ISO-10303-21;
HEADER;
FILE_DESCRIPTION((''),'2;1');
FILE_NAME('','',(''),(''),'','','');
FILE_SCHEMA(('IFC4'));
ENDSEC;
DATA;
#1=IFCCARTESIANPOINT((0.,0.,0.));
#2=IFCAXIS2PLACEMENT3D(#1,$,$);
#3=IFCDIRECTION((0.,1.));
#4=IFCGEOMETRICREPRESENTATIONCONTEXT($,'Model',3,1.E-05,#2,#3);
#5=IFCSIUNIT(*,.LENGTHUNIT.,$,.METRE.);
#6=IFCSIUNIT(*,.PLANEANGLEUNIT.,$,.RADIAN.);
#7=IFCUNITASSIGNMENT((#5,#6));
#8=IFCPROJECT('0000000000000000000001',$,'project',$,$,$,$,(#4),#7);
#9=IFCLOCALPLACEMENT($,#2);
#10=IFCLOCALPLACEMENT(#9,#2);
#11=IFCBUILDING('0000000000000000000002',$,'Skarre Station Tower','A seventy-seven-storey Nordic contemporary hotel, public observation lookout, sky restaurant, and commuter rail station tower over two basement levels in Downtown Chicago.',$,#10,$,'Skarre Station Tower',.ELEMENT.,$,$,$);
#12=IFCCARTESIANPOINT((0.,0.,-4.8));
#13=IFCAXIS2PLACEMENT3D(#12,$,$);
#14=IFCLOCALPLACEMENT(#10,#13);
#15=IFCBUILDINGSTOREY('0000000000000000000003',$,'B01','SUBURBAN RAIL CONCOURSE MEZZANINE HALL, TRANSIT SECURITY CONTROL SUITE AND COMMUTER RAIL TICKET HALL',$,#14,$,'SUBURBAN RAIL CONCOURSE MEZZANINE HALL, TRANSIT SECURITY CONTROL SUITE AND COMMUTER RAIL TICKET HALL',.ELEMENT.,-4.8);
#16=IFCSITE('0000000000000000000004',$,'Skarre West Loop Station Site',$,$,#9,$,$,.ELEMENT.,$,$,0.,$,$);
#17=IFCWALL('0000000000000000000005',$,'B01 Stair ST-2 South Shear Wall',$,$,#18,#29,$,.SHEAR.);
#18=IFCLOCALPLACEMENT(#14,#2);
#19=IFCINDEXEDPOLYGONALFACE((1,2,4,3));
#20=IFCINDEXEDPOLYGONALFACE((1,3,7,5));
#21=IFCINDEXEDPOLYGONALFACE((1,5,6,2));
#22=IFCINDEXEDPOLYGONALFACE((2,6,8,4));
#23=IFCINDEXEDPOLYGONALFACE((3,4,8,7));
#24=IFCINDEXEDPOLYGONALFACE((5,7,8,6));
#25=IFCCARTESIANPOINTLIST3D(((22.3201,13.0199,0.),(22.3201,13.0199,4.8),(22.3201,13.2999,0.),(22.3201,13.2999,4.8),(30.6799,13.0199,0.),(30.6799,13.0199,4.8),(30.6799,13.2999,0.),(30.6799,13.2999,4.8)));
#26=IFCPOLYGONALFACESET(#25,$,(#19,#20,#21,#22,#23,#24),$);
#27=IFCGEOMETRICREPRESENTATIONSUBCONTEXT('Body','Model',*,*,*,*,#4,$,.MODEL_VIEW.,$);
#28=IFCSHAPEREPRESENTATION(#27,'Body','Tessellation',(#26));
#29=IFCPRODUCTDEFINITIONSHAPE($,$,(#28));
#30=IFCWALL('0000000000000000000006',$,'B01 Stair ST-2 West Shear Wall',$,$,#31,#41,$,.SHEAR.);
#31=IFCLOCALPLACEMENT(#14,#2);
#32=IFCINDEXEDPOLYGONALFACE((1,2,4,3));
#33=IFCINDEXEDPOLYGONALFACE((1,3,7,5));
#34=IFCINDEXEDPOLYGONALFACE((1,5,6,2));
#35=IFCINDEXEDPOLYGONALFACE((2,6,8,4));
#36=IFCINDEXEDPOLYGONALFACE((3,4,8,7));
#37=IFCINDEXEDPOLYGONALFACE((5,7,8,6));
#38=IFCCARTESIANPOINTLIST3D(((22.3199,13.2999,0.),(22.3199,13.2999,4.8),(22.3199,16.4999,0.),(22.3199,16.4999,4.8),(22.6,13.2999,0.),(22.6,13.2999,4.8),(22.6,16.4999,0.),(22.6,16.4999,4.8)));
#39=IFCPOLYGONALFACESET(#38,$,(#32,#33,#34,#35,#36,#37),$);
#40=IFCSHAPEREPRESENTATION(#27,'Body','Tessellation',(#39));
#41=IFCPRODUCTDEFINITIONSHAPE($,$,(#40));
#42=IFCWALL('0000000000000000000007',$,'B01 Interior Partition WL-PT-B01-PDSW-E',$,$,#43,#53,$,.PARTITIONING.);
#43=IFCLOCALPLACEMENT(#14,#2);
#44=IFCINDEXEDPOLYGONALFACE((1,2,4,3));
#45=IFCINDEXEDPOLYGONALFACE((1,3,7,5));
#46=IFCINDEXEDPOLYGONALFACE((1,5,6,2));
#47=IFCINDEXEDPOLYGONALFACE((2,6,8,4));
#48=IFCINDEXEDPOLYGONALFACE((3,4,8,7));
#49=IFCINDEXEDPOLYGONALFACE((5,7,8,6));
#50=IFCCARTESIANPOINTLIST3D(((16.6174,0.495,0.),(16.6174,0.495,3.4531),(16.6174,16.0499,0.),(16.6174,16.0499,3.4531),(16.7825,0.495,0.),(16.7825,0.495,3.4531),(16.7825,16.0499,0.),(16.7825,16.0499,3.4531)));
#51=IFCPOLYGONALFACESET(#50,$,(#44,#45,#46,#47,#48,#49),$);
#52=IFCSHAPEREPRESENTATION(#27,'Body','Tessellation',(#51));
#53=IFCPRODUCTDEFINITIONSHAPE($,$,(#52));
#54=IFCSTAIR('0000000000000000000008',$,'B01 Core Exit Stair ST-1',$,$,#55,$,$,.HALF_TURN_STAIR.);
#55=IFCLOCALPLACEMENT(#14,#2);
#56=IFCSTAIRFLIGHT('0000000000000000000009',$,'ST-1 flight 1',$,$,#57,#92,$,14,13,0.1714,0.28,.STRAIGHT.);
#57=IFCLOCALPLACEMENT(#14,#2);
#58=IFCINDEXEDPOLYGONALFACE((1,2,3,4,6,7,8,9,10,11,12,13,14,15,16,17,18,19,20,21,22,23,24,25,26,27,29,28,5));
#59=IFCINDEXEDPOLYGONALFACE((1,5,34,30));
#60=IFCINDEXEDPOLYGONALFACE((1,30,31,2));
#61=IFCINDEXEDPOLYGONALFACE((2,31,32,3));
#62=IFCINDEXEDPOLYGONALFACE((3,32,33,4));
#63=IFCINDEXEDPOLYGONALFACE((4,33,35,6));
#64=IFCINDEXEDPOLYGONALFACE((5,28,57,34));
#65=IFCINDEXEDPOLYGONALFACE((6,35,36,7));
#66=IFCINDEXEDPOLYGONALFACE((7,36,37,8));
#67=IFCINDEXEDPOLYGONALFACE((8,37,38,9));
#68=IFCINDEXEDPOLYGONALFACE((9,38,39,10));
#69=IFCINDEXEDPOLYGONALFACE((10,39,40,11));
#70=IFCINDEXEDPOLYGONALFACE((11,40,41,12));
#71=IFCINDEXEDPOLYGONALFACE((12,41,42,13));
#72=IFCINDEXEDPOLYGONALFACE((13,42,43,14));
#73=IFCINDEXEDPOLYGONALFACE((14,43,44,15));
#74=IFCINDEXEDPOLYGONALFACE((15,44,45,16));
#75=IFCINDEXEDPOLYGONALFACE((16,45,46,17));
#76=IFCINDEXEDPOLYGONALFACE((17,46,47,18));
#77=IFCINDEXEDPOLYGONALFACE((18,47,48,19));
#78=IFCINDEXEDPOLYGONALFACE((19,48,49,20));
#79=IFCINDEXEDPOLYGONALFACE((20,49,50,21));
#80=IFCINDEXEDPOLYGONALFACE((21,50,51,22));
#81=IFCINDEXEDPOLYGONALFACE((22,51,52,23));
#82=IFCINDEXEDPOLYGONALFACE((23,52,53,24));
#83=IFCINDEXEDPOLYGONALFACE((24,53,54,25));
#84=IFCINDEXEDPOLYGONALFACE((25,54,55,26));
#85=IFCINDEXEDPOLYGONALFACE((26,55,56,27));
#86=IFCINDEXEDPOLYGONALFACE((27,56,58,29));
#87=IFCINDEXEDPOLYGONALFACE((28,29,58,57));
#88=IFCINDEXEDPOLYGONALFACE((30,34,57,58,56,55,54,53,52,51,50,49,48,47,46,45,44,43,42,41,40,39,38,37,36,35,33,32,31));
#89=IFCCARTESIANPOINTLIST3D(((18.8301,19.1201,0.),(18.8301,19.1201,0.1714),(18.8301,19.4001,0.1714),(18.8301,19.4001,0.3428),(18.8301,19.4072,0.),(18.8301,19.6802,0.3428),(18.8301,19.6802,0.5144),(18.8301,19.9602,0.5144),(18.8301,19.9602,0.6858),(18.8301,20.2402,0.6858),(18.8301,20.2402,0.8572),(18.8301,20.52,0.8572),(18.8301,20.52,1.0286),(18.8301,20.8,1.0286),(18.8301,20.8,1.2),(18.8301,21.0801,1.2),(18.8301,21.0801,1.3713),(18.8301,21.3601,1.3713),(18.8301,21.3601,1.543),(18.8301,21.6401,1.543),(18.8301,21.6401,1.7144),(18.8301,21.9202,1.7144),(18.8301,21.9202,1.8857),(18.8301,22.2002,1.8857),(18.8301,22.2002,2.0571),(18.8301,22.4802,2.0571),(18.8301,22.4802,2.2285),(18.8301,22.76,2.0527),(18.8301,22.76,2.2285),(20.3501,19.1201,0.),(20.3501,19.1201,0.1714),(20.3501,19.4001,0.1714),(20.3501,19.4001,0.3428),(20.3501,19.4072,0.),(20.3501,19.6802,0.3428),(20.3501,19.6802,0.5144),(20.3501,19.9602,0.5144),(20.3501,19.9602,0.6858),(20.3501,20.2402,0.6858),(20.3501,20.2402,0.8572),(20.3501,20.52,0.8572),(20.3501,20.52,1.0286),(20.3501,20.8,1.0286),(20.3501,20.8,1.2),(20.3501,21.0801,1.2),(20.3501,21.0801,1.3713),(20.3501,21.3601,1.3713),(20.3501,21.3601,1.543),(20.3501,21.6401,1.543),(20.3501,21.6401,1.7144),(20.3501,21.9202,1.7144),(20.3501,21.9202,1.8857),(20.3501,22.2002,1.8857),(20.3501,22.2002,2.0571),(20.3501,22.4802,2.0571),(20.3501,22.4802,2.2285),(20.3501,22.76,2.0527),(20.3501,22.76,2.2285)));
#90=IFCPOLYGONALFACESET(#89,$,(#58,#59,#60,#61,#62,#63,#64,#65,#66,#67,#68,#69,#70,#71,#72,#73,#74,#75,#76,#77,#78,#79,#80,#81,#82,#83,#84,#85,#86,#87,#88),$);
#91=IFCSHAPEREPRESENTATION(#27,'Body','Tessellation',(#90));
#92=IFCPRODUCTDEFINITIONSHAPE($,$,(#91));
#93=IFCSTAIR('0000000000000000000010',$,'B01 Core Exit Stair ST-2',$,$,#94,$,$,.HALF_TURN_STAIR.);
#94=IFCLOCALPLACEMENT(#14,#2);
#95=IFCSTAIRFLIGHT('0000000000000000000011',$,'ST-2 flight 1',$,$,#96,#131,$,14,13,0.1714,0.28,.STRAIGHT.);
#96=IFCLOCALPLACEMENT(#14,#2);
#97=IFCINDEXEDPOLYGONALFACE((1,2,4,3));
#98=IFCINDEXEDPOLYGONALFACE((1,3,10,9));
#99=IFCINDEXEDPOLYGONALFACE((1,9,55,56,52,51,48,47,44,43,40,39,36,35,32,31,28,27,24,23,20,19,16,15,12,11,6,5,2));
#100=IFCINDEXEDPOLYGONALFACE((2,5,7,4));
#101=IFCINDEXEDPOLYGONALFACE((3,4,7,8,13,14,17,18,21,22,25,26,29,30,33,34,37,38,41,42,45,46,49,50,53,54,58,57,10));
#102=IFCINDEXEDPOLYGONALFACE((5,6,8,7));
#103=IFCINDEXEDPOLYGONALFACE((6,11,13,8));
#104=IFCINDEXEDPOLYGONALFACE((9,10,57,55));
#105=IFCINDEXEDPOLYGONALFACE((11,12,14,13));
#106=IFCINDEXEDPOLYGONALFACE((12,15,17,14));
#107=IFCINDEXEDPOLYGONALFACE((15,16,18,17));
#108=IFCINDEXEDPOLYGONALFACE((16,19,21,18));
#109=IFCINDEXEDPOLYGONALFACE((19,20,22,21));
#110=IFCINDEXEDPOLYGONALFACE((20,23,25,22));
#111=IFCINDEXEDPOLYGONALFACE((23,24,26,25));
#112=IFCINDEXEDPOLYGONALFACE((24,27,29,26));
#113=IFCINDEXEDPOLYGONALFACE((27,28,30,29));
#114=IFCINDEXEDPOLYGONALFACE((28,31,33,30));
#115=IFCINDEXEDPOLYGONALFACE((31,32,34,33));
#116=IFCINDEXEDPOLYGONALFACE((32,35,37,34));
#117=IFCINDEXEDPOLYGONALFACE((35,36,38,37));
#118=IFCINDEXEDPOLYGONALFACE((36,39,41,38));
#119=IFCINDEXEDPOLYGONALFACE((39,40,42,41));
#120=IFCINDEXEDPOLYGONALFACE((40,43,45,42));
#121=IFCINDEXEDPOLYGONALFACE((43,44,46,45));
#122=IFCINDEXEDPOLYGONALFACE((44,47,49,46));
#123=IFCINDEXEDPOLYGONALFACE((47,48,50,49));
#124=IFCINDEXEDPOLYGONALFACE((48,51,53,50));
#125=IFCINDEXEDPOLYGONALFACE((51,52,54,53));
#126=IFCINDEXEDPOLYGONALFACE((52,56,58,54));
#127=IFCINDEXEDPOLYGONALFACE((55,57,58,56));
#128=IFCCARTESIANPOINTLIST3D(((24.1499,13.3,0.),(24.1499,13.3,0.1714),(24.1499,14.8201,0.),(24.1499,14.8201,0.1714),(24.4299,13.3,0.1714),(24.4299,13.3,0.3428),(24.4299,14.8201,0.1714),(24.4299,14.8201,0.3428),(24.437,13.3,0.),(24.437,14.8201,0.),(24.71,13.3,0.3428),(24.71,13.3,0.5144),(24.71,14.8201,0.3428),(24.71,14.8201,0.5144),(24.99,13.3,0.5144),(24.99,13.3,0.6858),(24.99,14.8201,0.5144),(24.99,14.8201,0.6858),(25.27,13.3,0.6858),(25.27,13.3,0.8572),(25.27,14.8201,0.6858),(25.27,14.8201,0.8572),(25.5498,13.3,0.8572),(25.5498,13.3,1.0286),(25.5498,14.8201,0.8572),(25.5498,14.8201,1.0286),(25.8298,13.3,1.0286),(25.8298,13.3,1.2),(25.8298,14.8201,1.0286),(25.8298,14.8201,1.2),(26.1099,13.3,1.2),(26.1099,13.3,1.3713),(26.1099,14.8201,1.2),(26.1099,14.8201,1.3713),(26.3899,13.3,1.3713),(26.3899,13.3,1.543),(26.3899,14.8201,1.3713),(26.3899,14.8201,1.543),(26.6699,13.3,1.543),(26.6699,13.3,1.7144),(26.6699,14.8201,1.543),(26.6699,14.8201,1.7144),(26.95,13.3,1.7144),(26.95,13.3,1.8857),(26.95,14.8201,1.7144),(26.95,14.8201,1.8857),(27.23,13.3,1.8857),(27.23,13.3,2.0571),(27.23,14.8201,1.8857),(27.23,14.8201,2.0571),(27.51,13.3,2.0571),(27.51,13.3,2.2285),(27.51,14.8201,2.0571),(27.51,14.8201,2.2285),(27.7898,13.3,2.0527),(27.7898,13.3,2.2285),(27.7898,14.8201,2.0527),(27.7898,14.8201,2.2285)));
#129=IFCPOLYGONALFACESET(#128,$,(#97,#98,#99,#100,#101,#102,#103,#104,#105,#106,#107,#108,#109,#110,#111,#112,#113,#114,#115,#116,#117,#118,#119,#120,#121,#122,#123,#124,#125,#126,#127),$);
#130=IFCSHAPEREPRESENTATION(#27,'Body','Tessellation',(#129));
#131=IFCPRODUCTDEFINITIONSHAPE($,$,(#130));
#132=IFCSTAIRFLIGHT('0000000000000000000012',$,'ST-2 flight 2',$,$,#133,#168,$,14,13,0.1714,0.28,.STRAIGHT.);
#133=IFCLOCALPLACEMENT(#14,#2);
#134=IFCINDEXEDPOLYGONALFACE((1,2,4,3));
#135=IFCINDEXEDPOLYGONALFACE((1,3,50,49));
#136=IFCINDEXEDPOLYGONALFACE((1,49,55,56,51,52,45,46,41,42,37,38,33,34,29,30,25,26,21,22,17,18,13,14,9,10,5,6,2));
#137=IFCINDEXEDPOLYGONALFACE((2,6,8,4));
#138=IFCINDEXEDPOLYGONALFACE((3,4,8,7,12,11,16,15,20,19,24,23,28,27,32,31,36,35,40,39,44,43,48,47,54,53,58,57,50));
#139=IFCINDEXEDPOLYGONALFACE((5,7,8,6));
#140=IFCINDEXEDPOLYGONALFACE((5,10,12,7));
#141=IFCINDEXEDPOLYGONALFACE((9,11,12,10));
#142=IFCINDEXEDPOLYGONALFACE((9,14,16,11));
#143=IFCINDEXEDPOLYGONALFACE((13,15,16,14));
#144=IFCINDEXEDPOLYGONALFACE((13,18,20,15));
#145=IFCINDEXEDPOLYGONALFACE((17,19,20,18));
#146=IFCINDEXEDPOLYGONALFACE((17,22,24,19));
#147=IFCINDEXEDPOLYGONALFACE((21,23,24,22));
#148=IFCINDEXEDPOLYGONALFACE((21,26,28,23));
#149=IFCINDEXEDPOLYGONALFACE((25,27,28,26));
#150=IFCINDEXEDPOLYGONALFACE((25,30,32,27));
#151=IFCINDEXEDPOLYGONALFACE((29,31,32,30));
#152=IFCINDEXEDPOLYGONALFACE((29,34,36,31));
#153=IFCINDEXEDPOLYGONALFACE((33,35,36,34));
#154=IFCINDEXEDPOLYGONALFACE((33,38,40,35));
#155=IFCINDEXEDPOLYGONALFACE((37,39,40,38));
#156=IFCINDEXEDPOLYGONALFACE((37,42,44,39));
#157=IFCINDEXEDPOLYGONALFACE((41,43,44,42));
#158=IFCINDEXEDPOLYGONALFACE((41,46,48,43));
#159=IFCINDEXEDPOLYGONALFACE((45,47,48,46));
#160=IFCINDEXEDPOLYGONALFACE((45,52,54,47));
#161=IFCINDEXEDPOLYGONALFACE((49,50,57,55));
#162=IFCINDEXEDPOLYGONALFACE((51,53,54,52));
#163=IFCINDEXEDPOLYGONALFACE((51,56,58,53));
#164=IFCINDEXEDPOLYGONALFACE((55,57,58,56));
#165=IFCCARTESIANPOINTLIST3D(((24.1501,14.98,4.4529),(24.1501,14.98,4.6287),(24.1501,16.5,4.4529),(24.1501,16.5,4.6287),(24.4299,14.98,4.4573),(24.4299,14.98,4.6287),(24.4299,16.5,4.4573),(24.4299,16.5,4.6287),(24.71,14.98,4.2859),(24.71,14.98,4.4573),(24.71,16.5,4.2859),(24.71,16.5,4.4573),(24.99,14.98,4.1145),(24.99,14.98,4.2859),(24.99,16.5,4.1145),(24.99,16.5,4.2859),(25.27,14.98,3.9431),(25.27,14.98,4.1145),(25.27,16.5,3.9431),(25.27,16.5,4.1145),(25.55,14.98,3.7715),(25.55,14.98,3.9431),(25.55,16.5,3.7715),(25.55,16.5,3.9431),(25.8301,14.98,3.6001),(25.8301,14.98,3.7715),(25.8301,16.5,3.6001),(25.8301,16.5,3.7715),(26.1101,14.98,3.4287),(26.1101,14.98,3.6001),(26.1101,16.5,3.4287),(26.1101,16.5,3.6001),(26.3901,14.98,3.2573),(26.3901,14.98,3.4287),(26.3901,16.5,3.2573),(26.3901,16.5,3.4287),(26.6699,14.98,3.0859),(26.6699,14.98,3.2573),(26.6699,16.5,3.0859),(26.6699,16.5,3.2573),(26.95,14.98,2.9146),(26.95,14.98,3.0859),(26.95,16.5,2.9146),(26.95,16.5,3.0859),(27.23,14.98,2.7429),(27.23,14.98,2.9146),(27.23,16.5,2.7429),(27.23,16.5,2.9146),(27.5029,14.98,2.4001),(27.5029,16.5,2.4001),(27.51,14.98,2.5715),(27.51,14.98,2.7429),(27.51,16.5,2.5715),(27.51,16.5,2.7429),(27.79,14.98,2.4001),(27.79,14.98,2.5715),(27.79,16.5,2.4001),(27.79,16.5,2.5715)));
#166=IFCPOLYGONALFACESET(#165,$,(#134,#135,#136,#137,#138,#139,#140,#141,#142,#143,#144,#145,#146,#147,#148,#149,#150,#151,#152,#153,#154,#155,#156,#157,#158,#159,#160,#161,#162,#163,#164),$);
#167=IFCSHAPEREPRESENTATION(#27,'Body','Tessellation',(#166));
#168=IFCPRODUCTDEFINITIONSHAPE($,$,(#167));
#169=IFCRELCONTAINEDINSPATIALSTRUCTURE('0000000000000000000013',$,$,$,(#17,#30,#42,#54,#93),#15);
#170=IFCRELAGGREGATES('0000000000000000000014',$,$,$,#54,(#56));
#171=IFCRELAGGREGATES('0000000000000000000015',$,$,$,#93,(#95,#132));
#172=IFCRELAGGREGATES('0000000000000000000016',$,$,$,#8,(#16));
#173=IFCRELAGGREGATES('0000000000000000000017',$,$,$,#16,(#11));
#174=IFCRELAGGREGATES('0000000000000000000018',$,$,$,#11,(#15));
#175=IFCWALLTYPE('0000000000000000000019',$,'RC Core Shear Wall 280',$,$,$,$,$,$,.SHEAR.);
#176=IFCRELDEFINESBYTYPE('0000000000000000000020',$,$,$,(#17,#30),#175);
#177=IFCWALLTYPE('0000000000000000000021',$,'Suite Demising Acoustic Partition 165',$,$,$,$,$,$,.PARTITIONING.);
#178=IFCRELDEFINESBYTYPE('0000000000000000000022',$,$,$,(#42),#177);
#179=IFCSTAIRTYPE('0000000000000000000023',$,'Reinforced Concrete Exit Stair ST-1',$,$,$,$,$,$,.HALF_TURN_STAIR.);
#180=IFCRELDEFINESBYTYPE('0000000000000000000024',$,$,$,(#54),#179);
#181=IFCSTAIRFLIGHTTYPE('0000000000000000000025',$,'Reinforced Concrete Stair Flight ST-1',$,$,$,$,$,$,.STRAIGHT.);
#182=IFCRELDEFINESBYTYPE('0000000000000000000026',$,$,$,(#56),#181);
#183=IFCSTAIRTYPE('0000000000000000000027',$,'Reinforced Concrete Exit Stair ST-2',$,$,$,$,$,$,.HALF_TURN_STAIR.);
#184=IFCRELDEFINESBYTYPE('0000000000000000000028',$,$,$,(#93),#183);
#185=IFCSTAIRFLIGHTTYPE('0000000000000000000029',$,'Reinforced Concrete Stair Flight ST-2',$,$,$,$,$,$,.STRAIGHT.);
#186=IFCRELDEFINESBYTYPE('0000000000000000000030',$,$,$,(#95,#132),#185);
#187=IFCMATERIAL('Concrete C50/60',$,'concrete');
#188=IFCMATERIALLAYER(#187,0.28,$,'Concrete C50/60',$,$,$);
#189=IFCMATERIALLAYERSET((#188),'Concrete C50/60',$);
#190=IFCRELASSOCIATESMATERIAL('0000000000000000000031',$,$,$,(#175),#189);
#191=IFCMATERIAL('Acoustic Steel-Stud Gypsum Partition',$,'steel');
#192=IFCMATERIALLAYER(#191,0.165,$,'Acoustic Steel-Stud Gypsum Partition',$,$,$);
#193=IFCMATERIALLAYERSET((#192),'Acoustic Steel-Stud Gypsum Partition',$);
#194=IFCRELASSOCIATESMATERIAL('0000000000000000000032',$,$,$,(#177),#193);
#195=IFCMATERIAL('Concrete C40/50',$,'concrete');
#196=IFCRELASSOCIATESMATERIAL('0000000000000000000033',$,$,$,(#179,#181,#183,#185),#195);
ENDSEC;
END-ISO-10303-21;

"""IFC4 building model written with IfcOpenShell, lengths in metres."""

from ifc_helpers import new_model, si_unit, direction, frame, frame_2d, origin, place, context, subcontext, project, spatial, polyline, rectangle, outline, extrude, material, layer, layer_set, type_object, element, aggregate, save


model = new_model("IFC4")

# Units and contexts
model_context = context("Model", 3, precision=1e-05, world=origin(), true_north=direction((0.0, 1.0)))
body_context = subcontext(model_context, "Body", "Model", "MODEL_VIEW")
ifc_project = project(units=[si_unit("LENGTHUNIT", "METRE"), si_unit("PLANEANGLEUNIT", "RADIAN")], contexts=[model_context])

# Site, building, storey
site_placement = place(None, origin())
site = spatial("IfcSite", under=ifc_project, at=site_placement, Name="Skarre West Loop Station Site", CompositionType="ELEMENT", RefElevation=0.0)
building_placement = place(site_placement, origin())
building = spatial("IfcBuilding", under=site, at=building_placement, Name="Skarre Station Tower", Description="A seventy-seven-storey Nordic contemporary hotel, public observation lookout, sky restaurant, and commuter rail station tower over two basement levels in Downtown Chicago.", LongName="Skarre Station Tower", CompositionType="ELEMENT")
storey_placement = place(building_placement, frame((0.0, 0.0, -4.8)))
storey = spatial("IfcBuildingStorey", under=building, at=storey_placement, Name="B01", Description="SUBURBAN RAIL CONCOURSE MEZZANINE HALL, TRANSIT SECURITY CONTROL SUITE AND COMMUTER RAIL TICKET HALL", LongName="SUBURBAN RAIL CONCOURSE MEZZANINE HALL, TRANSIT SECURITY CONTROL SUITE AND COMMUTER RAIL TICKET HALL", CompositionType="ELEMENT", Elevation=-4.8)

# Shared definitions
ifc_material_1 = material(Name="Acoustic Steel-Stud Gypsum Partition", Category="steel")

# Shared definitions
ifc_material_2 = material(Name="Concrete C50/60", Category="concrete")
ifc_layer_1 = layer(ifc_material_2, 0.28, Name="Concrete C50/60")
ifc_layer_set_1 = layer_set([ifc_layer_1], Name="Concrete C50/60")
wall_type_1 = type_object("IfcWallType", Name="RC Core Shear Wall 280", PredefinedType="SHEAR", material=ifc_layer_set_1)

# Walls
wall_1_placement = place(storey_placement, frame((22.3201, 13.1599, 0.0), z_axis=(0.0, 0.0, 1.0), x_axis=(1.0, 0.0, 0.0)))
element("IfcWall", 1, at=wall_1_placement, inside=storey, type_object=wall_type_1, Name="B01 Stair ST-2 South Shear Wall", PredefinedType="SHEAR", context=body_context, shape_type="SweptSolid", body=[
    extrude(rectangle(XDim=8.3599, YDim=0.28, at=frame_2d((4.1799, 0.0))), origin(), (0.0, 0.0, 1.0), 4.8),
])
wall_2_placement = place(storey_placement, frame((22.46, 16.5, 0.0), z_axis=(0.0, 0.0, 1.0), x_axis=(0.0, -1.0, 0.0)))
element("IfcWall", 2, at=wall_2_placement, inside=storey, type_object=wall_type_1, Name="B01 Stair ST-2 West Shear Wall", PredefinedType="SHEAR", context=body_context, shape_type="SweptSolid", body=[
    extrude(rectangle(XDim=3.2, YDim=0.28, at=frame_2d((1.6001, 0.0))), origin(), (0.0, 0.0, 1.0), 4.8),
])
ifc_layer_2 = layer(ifc_material_1, 0.165, Name="Acoustic Steel-Stud Gypsum Partition")
ifc_layer_set_2 = layer_set([ifc_layer_2], Name="Acoustic Steel-Stud Gypsum Partition")
wall_type_2 = type_object("IfcWallType", Name="Suite Demising Acoustic Partition 165", PredefinedType="PARTITIONING", material=ifc_layer_set_2)
wall_3_placement = place(storey_placement, frame((16.7, 0.4951, 0.0), z_axis=(0.0, 0.0, 1.0), x_axis=(0.0, 1.0, 0.0)))
element("IfcWall", 3, at=wall_3_placement, inside=storey, type_object=wall_type_2, Name="B01 Interior Partition WL-PT-B01-PDSW-E", PredefinedType="PARTITIONING", context=body_context, shape_type="SweptSolid", body=[
    extrude(rectangle(XDim=15.5549, YDim=0.165, at=frame_2d((7.7773, 0.0))), origin(), (0.0, 0.0, 1.0), 3.4531),
])

# Stair, stair flight
ifc_material_3 = material(Name="Concrete C40/50", Category="concrete")
stair_type_1 = type_object("IfcStairType", Name="Reinforced Concrete Exit Stair ST-1", PredefinedType="HALF_TURN_STAIR", material=ifc_material_3)
stair_1_placement = place(storey_placement, origin())
stair_1 = element("IfcStair", 4, at=stair_1_placement, inside=storey, type_object=stair_type_1, Name="B01 Core Exit Stair ST-1", PredefinedType="HALF_TURN_STAIR")
stair_flight_type_1 = type_object("IfcStairFlightType", Name="Reinforced Concrete Stair Flight ST-1", PredefinedType="STRAIGHT", material=ifc_material_3)
stair_flight_1_placement = place(storey_placement, frame((19.5901, 19.1201, 0.0), z_axis=(0.0, 0.0, 1.0), x_axis=(0.0, 1.0, 0.0)))
stair_flight_1 = element("IfcStairFlight", 5, at=stair_flight_1_placement, type_object=stair_flight_type_1, Name="ST-1 flight 1", NumberOfRisers=14, NumberOfTreads=13, PredefinedType="STRAIGHT", RiserHeight=0.1714, TreadLength=0.28, context=body_context, shape_type="SweptSolid", body=[
    extrude(outline(polyline([(0.0, 0.0), (0.0, 0.1714), (0.28, 0.1714), (0.28, 0.3428), (0.5601, 0.3428), (0.5601, 0.5144), (0.8401, 0.5144), (0.8401, 0.6858), (1.1201, 0.6858), (1.1201, 0.8572), (1.3999, 0.8572), (1.3999, 1.0286), (1.6799, 1.0286), (1.6799, 1.2), (1.96, 1.2), (1.96, 1.3713), (2.24, 1.3713), (2.24, 1.543), (2.52, 1.543), (2.52, 1.7144), (2.8, 1.7144), (2.8, 1.8857), (3.0801, 1.8857), (3.0801, 2.0571), (3.3601, 2.0571), (3.3601, 2.2285), (3.6399, 2.2285), (3.6399, 2.3999), (3.6399, 2.0527), (0.2871, 0.0), (0.0, 0.0)])), frame((0.0, 0.76, 0.0), z_axis=(0.0, -1.0, 0.0), x_axis=(1.0, 0.0, 0.0)), (0.0, 0.0, 1.0), 1.52),
])
aggregate(stair_1, [stair_flight_1])

# Stair, stair flights
stair_type_2 = type_object("IfcStairType", Name="Reinforced Concrete Exit Stair ST-2", PredefinedType="HALF_TURN_STAIR", material=ifc_material_3)
stair_2_placement = place(storey_placement, origin())
stair_2 = element("IfcStair", 6, at=stair_2_placement, inside=storey, type_object=stair_type_2, Name="B01 Core Exit Stair ST-2", PredefinedType="HALF_TURN_STAIR")
stair_flight_type_2 = type_object("IfcStairFlightType", Name="Reinforced Concrete Stair Flight ST-2", PredefinedType="STRAIGHT", material=ifc_material_3)
stair_flight_2_placement = place(storey_placement, frame((24.1499, 14.0601, 0.0), z_axis=(0.0, 0.0, 1.0), x_axis=(1.0, 0.0, 0.0)))
stair_flight_2 = element("IfcStairFlight", 7, at=stair_flight_2_placement, type_object=stair_flight_type_2, Name="ST-2 flight 1", NumberOfRisers=14, NumberOfTreads=13, PredefinedType="STRAIGHT", RiserHeight=0.1714, TreadLength=0.28, context=body_context, shape_type="SweptSolid", body=[
    extrude(outline(polyline([(0.0, 0.0), (0.0, 0.1714), (0.28, 0.1714), (0.28, 0.3428), (0.5601, 0.3428), (0.5601, 0.5144), (0.8401, 0.5144), (0.8401, 0.6858), (1.1201, 0.6858), (1.1201, 0.8572), (1.3999, 0.8572), (1.3999, 1.0286), (1.6799, 1.0286), (1.6799, 1.2), (1.96, 1.2), (1.96, 1.3713), (2.24, 1.3713), (2.24, 1.543), (2.52, 1.543), (2.52, 1.7144), (2.8, 1.7144), (2.8, 1.8857), (3.0801, 1.8857), (3.0801, 2.0571), (3.3601, 2.0571), (3.3601, 2.2285), (3.6399, 2.2285), (3.6399, 2.3999), (3.6399, 2.0527), (0.2871, 0.0), (0.0, 0.0)])), frame((0.0, 0.76, 0.0), z_axis=(0.0, -1.0, 0.0), x_axis=(1.0, 0.0, 0.0)), (0.0, 0.0, 1.0), 1.52),
])
stair_flight_3_placement = place(storey_placement, frame((27.79, 15.74, 2.4001), z_axis=(0.0, 0.0, 1.0), x_axis=(-1.0, 0.0, 0.0)))
stair_flight_3 = element("IfcStairFlight", 8, at=stair_flight_3_placement, type_object=stair_flight_type_2, Name="ST-2 flight 2", NumberOfRisers=14, NumberOfTreads=13, PredefinedType="STRAIGHT", RiserHeight=0.1714, TreadLength=0.28, context=body_context, shape_type="SweptSolid", body=[
    extrude(outline(polyline([(0.0, 0.0), (0.0, 0.1714), (0.28, 0.1714), (0.28, 0.3428), (0.5601, 0.3428), (0.5601, 0.5144), (0.8401, 0.5144), (0.8401, 0.6858), (1.1201, 0.6858), (1.1201, 0.8572), (1.3999, 0.8572), (1.3999, 1.0286), (1.6799, 1.0286), (1.6799, 1.2), (1.96, 1.2), (1.96, 1.3713), (2.24, 1.3713), (2.24, 1.543), (2.52, 1.543), (2.52, 1.7144), (2.8, 1.7144), (2.8, 1.8857), (3.0801, 1.8857), (3.0801, 2.0571), (3.3601, 2.0571), (3.3601, 2.2285), (3.6399, 2.2285), (3.6399, 2.3999), (3.6399, 2.0527), (0.2871, 0.0), (0.0, 0.0)])), frame((0.0, 0.76, 0.0), z_axis=(0.0, -1.0, 0.0), x_axis=(1.0, 0.0, 0.0)), (0.0, 0.0, 1.0), 1.52),
])
aggregate(stair_2, [stair_flight_2, stair_flight_3])

save(model, "model.ifc")
